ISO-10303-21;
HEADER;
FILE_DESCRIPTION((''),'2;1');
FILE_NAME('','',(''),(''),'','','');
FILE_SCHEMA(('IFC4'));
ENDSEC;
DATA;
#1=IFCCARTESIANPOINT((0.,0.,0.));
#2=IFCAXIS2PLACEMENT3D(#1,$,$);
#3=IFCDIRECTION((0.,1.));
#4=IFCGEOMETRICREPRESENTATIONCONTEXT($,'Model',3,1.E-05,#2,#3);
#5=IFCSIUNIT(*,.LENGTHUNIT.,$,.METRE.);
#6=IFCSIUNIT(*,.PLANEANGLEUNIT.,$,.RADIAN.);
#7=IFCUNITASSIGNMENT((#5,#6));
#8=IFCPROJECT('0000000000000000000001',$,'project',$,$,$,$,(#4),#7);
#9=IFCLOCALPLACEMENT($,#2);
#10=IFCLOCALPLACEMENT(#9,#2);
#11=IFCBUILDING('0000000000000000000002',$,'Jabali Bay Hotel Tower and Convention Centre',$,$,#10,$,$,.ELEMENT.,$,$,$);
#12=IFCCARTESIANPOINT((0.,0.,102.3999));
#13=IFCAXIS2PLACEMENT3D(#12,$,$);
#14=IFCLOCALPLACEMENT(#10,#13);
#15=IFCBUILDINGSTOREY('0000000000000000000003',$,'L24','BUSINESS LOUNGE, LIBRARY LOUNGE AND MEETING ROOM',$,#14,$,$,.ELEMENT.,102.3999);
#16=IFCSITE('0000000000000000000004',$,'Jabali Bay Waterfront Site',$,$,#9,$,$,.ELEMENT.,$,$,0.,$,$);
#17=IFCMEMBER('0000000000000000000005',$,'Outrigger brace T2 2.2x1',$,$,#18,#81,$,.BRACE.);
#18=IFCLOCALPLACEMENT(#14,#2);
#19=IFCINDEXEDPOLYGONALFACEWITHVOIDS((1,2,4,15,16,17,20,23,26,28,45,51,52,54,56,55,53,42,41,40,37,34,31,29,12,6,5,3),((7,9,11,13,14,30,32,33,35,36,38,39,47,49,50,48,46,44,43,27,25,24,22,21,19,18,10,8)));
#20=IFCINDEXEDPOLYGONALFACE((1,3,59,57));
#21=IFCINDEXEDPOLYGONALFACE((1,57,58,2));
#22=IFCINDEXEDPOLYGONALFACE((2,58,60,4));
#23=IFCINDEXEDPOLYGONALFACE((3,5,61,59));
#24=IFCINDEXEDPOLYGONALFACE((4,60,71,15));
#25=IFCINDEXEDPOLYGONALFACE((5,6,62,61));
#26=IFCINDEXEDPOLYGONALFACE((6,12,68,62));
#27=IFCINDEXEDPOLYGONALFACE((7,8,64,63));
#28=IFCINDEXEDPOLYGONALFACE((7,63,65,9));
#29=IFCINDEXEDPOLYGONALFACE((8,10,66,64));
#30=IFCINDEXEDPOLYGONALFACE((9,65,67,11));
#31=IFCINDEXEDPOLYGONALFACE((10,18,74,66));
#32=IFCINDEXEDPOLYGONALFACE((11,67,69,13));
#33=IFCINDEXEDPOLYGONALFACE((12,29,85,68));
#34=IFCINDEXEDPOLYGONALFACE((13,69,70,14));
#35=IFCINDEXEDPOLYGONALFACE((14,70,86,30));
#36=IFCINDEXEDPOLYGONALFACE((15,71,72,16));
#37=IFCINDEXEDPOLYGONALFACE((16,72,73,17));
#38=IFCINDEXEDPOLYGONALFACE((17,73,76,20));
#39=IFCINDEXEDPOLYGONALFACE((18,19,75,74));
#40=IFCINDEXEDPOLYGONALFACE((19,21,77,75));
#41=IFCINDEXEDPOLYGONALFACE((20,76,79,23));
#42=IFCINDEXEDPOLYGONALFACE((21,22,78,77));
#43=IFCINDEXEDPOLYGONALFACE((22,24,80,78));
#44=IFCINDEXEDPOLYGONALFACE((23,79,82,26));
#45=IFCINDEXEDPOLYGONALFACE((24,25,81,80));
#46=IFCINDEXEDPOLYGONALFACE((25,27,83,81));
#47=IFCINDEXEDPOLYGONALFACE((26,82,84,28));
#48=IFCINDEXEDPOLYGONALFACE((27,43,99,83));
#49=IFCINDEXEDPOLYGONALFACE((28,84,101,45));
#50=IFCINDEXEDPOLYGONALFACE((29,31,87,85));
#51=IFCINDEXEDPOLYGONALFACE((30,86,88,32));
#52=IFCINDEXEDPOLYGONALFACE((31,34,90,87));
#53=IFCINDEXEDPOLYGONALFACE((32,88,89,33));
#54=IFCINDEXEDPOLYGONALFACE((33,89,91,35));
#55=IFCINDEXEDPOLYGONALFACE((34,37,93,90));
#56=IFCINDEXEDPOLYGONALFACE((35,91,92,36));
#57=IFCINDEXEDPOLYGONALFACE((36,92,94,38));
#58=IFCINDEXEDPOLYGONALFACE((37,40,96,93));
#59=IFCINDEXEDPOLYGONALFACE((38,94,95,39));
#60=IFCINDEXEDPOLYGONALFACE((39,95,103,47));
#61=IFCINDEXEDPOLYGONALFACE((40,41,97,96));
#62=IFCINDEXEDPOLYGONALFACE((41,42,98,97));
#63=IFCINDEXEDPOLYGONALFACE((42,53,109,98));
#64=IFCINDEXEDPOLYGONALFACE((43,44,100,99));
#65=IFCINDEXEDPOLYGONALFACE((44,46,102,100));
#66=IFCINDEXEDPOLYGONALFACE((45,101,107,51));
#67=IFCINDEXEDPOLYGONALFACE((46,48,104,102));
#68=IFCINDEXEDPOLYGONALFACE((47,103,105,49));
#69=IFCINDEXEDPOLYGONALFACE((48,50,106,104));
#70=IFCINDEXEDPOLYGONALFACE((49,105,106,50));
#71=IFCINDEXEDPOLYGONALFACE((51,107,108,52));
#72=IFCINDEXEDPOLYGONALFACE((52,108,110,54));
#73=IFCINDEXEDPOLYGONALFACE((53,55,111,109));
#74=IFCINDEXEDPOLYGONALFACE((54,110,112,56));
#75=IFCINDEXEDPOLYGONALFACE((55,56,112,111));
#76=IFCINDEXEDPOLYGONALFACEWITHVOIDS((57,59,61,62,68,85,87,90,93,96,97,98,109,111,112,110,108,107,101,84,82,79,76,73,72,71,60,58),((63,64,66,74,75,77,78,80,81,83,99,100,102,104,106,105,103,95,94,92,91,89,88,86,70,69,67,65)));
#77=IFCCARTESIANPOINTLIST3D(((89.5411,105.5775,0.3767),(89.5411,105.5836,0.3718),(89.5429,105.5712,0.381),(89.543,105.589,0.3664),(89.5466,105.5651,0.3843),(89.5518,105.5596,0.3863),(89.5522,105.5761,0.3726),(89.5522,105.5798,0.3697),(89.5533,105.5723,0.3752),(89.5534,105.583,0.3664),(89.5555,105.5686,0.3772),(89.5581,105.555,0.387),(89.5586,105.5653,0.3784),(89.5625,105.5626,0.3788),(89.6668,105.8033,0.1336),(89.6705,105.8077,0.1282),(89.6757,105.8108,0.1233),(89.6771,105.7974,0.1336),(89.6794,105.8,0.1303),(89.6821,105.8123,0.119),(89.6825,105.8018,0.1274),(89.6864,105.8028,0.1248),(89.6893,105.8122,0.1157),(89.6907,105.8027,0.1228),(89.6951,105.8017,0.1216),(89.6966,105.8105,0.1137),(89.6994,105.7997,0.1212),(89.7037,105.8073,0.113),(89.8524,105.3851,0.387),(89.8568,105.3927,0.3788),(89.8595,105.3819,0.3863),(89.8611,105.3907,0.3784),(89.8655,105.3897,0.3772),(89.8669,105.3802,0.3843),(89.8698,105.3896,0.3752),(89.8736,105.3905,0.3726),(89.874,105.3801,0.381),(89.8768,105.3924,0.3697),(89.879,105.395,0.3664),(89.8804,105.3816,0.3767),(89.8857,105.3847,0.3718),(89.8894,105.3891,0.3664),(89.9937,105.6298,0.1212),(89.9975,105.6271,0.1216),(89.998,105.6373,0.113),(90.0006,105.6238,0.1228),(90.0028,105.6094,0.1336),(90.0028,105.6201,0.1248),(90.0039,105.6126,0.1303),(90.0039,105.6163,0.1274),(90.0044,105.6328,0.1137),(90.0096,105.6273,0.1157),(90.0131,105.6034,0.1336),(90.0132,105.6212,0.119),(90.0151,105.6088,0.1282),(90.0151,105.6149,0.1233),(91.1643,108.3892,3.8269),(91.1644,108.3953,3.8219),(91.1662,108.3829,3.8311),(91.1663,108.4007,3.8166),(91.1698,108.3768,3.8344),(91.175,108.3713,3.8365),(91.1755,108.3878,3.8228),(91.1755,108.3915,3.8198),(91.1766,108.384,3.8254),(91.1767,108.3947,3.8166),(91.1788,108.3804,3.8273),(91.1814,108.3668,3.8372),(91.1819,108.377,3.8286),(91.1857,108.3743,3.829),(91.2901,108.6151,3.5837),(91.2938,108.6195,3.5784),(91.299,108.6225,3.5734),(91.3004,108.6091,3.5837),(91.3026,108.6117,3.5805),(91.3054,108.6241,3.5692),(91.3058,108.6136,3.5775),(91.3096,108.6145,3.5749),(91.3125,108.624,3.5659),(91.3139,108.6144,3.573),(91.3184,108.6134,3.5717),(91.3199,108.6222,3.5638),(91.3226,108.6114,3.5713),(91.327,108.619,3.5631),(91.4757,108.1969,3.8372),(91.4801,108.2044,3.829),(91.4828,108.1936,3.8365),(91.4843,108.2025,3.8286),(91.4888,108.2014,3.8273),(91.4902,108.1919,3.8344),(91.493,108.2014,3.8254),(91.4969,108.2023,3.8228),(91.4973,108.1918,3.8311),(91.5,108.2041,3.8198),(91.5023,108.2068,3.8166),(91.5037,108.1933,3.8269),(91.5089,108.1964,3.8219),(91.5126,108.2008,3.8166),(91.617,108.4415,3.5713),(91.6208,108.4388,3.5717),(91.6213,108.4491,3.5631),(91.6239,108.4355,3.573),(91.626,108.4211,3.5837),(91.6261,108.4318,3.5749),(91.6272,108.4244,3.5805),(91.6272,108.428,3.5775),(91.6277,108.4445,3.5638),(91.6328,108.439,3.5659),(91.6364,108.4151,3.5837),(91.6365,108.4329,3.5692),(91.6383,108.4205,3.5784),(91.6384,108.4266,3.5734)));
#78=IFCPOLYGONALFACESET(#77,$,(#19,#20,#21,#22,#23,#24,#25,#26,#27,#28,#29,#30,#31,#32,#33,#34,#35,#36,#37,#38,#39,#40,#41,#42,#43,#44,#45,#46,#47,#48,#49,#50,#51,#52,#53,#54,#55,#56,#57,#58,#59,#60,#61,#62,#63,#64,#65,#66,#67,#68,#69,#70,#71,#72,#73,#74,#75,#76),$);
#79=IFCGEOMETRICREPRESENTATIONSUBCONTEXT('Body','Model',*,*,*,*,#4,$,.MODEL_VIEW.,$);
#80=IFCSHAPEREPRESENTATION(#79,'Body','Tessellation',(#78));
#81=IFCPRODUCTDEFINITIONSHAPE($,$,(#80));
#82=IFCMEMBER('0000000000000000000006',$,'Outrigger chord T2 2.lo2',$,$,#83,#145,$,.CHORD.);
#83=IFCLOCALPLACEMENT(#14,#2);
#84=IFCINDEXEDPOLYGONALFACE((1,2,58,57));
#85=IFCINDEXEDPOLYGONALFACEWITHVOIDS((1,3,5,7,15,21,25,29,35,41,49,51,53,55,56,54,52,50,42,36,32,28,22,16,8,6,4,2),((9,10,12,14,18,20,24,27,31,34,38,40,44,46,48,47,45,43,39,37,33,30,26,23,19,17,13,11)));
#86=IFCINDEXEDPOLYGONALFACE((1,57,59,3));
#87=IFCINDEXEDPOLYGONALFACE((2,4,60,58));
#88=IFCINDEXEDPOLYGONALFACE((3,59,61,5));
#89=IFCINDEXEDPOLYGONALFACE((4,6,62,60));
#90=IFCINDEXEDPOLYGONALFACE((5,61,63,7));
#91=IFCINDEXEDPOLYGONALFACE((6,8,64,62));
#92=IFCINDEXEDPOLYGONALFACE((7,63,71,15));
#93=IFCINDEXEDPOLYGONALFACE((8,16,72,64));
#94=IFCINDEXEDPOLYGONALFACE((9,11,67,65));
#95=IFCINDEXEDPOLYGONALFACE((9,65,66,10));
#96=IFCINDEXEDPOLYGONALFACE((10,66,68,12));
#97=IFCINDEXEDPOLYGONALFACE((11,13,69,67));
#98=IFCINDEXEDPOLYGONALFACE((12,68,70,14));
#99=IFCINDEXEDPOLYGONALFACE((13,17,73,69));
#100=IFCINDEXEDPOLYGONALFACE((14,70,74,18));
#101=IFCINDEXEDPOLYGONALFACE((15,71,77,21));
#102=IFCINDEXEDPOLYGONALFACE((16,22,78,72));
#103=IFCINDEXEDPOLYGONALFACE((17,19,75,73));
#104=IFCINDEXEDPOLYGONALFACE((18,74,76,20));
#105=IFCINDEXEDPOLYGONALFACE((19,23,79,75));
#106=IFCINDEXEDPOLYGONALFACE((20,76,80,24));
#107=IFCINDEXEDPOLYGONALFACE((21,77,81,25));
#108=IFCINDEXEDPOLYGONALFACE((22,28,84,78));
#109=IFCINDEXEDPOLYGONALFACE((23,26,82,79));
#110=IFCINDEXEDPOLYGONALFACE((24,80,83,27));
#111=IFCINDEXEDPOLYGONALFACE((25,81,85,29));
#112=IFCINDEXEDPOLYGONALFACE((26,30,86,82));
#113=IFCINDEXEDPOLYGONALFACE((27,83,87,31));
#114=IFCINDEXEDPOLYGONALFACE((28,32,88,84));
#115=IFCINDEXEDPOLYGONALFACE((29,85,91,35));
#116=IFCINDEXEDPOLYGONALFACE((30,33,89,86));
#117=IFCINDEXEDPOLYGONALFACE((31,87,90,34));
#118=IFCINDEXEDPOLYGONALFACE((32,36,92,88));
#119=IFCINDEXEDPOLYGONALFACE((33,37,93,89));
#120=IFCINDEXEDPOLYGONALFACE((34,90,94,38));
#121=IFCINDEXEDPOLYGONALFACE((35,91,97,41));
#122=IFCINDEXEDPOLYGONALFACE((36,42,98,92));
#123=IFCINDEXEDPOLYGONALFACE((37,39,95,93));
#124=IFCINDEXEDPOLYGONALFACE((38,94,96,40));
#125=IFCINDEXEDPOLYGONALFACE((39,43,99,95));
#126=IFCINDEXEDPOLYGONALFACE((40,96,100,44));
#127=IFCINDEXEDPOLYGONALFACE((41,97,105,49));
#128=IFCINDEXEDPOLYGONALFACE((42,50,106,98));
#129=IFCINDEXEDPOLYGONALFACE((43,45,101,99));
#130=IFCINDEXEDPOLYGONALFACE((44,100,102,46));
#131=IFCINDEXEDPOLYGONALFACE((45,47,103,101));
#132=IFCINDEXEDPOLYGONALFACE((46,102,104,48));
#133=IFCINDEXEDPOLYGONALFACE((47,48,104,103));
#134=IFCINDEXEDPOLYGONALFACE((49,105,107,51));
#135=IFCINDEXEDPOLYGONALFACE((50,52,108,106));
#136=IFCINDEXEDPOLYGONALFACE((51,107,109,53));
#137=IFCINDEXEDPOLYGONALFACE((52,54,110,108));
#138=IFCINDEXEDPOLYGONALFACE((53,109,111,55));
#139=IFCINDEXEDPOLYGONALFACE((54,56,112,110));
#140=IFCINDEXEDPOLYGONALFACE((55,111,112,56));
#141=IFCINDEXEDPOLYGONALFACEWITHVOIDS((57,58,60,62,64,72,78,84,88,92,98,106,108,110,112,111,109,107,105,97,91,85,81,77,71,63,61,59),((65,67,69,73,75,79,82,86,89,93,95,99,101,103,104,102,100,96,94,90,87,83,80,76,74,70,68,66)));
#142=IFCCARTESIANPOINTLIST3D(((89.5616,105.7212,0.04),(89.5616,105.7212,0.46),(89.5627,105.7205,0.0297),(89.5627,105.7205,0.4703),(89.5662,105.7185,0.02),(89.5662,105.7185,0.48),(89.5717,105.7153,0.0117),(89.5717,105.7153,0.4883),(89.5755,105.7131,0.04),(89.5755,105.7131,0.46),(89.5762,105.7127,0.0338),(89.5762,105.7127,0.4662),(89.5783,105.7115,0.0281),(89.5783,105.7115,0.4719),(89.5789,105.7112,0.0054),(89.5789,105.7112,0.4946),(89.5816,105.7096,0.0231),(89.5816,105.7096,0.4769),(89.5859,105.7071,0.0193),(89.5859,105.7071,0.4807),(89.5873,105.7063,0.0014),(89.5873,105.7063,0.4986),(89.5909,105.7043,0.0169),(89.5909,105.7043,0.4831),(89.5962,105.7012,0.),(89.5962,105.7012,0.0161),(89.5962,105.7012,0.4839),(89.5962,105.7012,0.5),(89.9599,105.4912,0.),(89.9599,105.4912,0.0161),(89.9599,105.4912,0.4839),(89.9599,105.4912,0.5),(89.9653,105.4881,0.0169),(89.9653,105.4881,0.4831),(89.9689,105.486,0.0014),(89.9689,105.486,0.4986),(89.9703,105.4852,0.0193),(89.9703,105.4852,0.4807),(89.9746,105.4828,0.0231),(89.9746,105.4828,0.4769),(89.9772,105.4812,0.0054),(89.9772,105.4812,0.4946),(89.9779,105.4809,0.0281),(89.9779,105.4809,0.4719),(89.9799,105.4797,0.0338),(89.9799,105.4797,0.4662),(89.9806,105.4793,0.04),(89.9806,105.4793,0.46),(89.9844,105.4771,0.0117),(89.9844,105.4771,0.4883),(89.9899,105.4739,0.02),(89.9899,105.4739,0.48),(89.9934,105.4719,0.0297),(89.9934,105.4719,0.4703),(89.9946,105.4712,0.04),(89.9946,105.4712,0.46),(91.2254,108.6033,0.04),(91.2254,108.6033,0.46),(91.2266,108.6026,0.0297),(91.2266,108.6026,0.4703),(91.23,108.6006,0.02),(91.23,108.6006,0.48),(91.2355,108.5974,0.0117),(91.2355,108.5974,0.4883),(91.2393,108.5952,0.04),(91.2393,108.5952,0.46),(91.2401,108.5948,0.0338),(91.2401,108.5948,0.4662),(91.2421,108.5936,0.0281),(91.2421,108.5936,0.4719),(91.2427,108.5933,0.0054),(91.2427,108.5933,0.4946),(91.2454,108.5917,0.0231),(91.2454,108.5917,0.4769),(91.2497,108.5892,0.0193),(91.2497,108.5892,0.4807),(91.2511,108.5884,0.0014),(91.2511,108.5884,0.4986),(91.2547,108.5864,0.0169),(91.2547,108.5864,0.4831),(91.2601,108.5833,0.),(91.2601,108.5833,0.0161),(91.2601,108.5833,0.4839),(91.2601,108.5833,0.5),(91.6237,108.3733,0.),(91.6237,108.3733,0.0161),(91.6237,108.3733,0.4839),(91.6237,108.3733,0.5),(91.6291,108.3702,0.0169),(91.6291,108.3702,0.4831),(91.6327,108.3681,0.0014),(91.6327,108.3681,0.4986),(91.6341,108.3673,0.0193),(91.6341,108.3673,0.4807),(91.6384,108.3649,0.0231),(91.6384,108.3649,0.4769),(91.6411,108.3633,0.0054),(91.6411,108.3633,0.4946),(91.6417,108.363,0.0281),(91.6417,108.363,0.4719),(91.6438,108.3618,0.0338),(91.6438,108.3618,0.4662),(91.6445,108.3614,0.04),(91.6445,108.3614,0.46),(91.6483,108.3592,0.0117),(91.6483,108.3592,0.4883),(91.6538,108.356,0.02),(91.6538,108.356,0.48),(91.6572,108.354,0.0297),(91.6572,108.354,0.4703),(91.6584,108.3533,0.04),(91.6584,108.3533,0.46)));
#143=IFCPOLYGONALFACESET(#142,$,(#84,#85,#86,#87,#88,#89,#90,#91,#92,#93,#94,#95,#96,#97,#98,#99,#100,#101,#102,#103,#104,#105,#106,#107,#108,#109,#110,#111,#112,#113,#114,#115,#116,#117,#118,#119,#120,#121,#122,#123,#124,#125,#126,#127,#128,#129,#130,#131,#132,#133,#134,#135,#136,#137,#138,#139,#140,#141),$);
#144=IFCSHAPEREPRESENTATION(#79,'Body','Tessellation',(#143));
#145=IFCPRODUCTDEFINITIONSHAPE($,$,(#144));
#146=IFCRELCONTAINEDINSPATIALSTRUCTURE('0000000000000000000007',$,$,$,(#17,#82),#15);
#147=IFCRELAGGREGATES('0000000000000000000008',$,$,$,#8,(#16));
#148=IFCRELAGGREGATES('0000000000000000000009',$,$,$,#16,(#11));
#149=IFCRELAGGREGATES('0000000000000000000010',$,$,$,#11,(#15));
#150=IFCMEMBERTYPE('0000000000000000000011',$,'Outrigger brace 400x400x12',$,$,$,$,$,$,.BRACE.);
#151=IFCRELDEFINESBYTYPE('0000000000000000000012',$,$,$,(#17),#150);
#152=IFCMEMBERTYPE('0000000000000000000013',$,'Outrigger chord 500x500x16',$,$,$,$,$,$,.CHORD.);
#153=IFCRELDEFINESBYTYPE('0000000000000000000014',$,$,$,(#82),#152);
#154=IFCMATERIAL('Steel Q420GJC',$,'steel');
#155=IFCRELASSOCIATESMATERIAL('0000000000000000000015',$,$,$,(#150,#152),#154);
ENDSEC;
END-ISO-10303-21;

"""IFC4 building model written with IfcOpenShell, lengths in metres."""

from ifc_helpers import new_model, si_unit, direction, frame, origin, origin_2d, place, context, subcontext, project, spatial, hollow_rectangle, extrude, material, material_profile, profile_set, type_object, element, save


model = new_model("IFC4")

# Units and contexts
model_context = context("Model", 3, precision=1e-05, world=origin(), true_north=direction((0.0, 1.0)))
body_context = subcontext(model_context, "Body", "Model", "MODEL_VIEW")
ifc_project = project(units=[si_unit("LENGTHUNIT", "METRE"), si_unit("PLANEANGLEUNIT", "RADIAN")], contexts=[model_context])

# Site, building, storey
site_placement = place(None, origin())
site = spatial("IfcSite", under=ifc_project, at=site_placement, Name="Jabali Bay Waterfront Site", CompositionType="ELEMENT", RefElevation=0.0)
building_placement = place(site_placement, origin())
building = spatial("IfcBuilding", under=site, at=building_placement, Name="Jabali Bay Hotel Tower and Convention Centre", CompositionType="ELEMENT")
storey_placement = place(building_placement, frame((0.0, 0.0, 102.3999)))
storey = spatial("IfcBuildingStorey", under=building, at=storey_placement, Name="L24", Description="BUSINESS LOUNGE, LIBRARY LOUNGE AND MEETING ROOM", CompositionType="ELEMENT", Elevation=102.3999)

# Shared definitions
ifc_material_1 = material(Name="Steel Q420GJC", Category="steel")

# Members
ifc_material_profile_1 = material_profile(ifc_material_1, hollow_rectangle(XDim=0.3999, YDim=0.3999, WallThickness=0.012, InnerFilletRadius=0.0181, OuterFilletRadius=0.03, at=origin_2d()), Name="Outrigger brace 400x400x12")
ifc_profile_set_1 = profile_set([ifc_material_profile_1], Name="Steel Q420GJC")
member_type_1 = type_object("IfcMemberType", Name="Outrigger brace 400x400x12", PredefinedType="BRACE", material=ifc_profile_set_1)
member_1_placement = place(storey_placement, frame((89.7781, 105.5962, 0.25), z_axis=(0.342639, 0.593499, 0.728256), x_axis=(-0.866037, 0.499981, 0.0)))
element("IfcMember", 1, at=member_1_placement, inside=storey, type_object=member_type_1, Name="Outrigger brace T2 2.2x1", PredefinedType="BRACE", context=body_context, shape_type="SweptSolid", body=[
    extrude(hollow_rectangle(XDim=0.3999, YDim=0.3999, WallThickness=0.012, InnerFilletRadius=0.0181, OuterFilletRadius=0.03, at=origin_2d()), origin(), (0.0, 0.0, 1.0), 4.7375),
])
ifc_material_profile_2 = material_profile(ifc_material_1, hollow_rectangle(XDim=0.5, YDim=0.5, WallThickness=0.0161, InnerFilletRadius=0.0239, OuterFilletRadius=0.04, at=origin_2d()), Name="Outrigger chord 500x500x16")
ifc_profile_set_2 = profile_set([ifc_material_profile_2], Name="Steel Q420GJC")
member_type_2 = type_object("IfcMemberType", Name="Outrigger chord 500x500x16", PredefinedType="CHORD", material=ifc_profile_set_2)
member_2_placement = place(storey_placement, frame((89.7781, 105.5962, 0.25), z_axis=(0.499966, 0.866045, 0.0), x_axis=(-0.866045, 0.499966, 0.0)))
element("IfcMember", 2, at=member_2_placement, inside=storey, type_object=member_type_2, Name="Outrigger chord T2 2.lo2", PredefinedType="CHORD", context=body_context, shape_type="SweptSolid", body=[
    extrude(hollow_rectangle(XDim=0.5, YDim=0.5, WallThickness=0.0161, InnerFilletRadius=0.0239, OuterFilletRadius=0.04, at=origin_2d()), origin(), (0.0, 0.0, 1.0), 3.3279),
])

save(model, "model.ifc")
